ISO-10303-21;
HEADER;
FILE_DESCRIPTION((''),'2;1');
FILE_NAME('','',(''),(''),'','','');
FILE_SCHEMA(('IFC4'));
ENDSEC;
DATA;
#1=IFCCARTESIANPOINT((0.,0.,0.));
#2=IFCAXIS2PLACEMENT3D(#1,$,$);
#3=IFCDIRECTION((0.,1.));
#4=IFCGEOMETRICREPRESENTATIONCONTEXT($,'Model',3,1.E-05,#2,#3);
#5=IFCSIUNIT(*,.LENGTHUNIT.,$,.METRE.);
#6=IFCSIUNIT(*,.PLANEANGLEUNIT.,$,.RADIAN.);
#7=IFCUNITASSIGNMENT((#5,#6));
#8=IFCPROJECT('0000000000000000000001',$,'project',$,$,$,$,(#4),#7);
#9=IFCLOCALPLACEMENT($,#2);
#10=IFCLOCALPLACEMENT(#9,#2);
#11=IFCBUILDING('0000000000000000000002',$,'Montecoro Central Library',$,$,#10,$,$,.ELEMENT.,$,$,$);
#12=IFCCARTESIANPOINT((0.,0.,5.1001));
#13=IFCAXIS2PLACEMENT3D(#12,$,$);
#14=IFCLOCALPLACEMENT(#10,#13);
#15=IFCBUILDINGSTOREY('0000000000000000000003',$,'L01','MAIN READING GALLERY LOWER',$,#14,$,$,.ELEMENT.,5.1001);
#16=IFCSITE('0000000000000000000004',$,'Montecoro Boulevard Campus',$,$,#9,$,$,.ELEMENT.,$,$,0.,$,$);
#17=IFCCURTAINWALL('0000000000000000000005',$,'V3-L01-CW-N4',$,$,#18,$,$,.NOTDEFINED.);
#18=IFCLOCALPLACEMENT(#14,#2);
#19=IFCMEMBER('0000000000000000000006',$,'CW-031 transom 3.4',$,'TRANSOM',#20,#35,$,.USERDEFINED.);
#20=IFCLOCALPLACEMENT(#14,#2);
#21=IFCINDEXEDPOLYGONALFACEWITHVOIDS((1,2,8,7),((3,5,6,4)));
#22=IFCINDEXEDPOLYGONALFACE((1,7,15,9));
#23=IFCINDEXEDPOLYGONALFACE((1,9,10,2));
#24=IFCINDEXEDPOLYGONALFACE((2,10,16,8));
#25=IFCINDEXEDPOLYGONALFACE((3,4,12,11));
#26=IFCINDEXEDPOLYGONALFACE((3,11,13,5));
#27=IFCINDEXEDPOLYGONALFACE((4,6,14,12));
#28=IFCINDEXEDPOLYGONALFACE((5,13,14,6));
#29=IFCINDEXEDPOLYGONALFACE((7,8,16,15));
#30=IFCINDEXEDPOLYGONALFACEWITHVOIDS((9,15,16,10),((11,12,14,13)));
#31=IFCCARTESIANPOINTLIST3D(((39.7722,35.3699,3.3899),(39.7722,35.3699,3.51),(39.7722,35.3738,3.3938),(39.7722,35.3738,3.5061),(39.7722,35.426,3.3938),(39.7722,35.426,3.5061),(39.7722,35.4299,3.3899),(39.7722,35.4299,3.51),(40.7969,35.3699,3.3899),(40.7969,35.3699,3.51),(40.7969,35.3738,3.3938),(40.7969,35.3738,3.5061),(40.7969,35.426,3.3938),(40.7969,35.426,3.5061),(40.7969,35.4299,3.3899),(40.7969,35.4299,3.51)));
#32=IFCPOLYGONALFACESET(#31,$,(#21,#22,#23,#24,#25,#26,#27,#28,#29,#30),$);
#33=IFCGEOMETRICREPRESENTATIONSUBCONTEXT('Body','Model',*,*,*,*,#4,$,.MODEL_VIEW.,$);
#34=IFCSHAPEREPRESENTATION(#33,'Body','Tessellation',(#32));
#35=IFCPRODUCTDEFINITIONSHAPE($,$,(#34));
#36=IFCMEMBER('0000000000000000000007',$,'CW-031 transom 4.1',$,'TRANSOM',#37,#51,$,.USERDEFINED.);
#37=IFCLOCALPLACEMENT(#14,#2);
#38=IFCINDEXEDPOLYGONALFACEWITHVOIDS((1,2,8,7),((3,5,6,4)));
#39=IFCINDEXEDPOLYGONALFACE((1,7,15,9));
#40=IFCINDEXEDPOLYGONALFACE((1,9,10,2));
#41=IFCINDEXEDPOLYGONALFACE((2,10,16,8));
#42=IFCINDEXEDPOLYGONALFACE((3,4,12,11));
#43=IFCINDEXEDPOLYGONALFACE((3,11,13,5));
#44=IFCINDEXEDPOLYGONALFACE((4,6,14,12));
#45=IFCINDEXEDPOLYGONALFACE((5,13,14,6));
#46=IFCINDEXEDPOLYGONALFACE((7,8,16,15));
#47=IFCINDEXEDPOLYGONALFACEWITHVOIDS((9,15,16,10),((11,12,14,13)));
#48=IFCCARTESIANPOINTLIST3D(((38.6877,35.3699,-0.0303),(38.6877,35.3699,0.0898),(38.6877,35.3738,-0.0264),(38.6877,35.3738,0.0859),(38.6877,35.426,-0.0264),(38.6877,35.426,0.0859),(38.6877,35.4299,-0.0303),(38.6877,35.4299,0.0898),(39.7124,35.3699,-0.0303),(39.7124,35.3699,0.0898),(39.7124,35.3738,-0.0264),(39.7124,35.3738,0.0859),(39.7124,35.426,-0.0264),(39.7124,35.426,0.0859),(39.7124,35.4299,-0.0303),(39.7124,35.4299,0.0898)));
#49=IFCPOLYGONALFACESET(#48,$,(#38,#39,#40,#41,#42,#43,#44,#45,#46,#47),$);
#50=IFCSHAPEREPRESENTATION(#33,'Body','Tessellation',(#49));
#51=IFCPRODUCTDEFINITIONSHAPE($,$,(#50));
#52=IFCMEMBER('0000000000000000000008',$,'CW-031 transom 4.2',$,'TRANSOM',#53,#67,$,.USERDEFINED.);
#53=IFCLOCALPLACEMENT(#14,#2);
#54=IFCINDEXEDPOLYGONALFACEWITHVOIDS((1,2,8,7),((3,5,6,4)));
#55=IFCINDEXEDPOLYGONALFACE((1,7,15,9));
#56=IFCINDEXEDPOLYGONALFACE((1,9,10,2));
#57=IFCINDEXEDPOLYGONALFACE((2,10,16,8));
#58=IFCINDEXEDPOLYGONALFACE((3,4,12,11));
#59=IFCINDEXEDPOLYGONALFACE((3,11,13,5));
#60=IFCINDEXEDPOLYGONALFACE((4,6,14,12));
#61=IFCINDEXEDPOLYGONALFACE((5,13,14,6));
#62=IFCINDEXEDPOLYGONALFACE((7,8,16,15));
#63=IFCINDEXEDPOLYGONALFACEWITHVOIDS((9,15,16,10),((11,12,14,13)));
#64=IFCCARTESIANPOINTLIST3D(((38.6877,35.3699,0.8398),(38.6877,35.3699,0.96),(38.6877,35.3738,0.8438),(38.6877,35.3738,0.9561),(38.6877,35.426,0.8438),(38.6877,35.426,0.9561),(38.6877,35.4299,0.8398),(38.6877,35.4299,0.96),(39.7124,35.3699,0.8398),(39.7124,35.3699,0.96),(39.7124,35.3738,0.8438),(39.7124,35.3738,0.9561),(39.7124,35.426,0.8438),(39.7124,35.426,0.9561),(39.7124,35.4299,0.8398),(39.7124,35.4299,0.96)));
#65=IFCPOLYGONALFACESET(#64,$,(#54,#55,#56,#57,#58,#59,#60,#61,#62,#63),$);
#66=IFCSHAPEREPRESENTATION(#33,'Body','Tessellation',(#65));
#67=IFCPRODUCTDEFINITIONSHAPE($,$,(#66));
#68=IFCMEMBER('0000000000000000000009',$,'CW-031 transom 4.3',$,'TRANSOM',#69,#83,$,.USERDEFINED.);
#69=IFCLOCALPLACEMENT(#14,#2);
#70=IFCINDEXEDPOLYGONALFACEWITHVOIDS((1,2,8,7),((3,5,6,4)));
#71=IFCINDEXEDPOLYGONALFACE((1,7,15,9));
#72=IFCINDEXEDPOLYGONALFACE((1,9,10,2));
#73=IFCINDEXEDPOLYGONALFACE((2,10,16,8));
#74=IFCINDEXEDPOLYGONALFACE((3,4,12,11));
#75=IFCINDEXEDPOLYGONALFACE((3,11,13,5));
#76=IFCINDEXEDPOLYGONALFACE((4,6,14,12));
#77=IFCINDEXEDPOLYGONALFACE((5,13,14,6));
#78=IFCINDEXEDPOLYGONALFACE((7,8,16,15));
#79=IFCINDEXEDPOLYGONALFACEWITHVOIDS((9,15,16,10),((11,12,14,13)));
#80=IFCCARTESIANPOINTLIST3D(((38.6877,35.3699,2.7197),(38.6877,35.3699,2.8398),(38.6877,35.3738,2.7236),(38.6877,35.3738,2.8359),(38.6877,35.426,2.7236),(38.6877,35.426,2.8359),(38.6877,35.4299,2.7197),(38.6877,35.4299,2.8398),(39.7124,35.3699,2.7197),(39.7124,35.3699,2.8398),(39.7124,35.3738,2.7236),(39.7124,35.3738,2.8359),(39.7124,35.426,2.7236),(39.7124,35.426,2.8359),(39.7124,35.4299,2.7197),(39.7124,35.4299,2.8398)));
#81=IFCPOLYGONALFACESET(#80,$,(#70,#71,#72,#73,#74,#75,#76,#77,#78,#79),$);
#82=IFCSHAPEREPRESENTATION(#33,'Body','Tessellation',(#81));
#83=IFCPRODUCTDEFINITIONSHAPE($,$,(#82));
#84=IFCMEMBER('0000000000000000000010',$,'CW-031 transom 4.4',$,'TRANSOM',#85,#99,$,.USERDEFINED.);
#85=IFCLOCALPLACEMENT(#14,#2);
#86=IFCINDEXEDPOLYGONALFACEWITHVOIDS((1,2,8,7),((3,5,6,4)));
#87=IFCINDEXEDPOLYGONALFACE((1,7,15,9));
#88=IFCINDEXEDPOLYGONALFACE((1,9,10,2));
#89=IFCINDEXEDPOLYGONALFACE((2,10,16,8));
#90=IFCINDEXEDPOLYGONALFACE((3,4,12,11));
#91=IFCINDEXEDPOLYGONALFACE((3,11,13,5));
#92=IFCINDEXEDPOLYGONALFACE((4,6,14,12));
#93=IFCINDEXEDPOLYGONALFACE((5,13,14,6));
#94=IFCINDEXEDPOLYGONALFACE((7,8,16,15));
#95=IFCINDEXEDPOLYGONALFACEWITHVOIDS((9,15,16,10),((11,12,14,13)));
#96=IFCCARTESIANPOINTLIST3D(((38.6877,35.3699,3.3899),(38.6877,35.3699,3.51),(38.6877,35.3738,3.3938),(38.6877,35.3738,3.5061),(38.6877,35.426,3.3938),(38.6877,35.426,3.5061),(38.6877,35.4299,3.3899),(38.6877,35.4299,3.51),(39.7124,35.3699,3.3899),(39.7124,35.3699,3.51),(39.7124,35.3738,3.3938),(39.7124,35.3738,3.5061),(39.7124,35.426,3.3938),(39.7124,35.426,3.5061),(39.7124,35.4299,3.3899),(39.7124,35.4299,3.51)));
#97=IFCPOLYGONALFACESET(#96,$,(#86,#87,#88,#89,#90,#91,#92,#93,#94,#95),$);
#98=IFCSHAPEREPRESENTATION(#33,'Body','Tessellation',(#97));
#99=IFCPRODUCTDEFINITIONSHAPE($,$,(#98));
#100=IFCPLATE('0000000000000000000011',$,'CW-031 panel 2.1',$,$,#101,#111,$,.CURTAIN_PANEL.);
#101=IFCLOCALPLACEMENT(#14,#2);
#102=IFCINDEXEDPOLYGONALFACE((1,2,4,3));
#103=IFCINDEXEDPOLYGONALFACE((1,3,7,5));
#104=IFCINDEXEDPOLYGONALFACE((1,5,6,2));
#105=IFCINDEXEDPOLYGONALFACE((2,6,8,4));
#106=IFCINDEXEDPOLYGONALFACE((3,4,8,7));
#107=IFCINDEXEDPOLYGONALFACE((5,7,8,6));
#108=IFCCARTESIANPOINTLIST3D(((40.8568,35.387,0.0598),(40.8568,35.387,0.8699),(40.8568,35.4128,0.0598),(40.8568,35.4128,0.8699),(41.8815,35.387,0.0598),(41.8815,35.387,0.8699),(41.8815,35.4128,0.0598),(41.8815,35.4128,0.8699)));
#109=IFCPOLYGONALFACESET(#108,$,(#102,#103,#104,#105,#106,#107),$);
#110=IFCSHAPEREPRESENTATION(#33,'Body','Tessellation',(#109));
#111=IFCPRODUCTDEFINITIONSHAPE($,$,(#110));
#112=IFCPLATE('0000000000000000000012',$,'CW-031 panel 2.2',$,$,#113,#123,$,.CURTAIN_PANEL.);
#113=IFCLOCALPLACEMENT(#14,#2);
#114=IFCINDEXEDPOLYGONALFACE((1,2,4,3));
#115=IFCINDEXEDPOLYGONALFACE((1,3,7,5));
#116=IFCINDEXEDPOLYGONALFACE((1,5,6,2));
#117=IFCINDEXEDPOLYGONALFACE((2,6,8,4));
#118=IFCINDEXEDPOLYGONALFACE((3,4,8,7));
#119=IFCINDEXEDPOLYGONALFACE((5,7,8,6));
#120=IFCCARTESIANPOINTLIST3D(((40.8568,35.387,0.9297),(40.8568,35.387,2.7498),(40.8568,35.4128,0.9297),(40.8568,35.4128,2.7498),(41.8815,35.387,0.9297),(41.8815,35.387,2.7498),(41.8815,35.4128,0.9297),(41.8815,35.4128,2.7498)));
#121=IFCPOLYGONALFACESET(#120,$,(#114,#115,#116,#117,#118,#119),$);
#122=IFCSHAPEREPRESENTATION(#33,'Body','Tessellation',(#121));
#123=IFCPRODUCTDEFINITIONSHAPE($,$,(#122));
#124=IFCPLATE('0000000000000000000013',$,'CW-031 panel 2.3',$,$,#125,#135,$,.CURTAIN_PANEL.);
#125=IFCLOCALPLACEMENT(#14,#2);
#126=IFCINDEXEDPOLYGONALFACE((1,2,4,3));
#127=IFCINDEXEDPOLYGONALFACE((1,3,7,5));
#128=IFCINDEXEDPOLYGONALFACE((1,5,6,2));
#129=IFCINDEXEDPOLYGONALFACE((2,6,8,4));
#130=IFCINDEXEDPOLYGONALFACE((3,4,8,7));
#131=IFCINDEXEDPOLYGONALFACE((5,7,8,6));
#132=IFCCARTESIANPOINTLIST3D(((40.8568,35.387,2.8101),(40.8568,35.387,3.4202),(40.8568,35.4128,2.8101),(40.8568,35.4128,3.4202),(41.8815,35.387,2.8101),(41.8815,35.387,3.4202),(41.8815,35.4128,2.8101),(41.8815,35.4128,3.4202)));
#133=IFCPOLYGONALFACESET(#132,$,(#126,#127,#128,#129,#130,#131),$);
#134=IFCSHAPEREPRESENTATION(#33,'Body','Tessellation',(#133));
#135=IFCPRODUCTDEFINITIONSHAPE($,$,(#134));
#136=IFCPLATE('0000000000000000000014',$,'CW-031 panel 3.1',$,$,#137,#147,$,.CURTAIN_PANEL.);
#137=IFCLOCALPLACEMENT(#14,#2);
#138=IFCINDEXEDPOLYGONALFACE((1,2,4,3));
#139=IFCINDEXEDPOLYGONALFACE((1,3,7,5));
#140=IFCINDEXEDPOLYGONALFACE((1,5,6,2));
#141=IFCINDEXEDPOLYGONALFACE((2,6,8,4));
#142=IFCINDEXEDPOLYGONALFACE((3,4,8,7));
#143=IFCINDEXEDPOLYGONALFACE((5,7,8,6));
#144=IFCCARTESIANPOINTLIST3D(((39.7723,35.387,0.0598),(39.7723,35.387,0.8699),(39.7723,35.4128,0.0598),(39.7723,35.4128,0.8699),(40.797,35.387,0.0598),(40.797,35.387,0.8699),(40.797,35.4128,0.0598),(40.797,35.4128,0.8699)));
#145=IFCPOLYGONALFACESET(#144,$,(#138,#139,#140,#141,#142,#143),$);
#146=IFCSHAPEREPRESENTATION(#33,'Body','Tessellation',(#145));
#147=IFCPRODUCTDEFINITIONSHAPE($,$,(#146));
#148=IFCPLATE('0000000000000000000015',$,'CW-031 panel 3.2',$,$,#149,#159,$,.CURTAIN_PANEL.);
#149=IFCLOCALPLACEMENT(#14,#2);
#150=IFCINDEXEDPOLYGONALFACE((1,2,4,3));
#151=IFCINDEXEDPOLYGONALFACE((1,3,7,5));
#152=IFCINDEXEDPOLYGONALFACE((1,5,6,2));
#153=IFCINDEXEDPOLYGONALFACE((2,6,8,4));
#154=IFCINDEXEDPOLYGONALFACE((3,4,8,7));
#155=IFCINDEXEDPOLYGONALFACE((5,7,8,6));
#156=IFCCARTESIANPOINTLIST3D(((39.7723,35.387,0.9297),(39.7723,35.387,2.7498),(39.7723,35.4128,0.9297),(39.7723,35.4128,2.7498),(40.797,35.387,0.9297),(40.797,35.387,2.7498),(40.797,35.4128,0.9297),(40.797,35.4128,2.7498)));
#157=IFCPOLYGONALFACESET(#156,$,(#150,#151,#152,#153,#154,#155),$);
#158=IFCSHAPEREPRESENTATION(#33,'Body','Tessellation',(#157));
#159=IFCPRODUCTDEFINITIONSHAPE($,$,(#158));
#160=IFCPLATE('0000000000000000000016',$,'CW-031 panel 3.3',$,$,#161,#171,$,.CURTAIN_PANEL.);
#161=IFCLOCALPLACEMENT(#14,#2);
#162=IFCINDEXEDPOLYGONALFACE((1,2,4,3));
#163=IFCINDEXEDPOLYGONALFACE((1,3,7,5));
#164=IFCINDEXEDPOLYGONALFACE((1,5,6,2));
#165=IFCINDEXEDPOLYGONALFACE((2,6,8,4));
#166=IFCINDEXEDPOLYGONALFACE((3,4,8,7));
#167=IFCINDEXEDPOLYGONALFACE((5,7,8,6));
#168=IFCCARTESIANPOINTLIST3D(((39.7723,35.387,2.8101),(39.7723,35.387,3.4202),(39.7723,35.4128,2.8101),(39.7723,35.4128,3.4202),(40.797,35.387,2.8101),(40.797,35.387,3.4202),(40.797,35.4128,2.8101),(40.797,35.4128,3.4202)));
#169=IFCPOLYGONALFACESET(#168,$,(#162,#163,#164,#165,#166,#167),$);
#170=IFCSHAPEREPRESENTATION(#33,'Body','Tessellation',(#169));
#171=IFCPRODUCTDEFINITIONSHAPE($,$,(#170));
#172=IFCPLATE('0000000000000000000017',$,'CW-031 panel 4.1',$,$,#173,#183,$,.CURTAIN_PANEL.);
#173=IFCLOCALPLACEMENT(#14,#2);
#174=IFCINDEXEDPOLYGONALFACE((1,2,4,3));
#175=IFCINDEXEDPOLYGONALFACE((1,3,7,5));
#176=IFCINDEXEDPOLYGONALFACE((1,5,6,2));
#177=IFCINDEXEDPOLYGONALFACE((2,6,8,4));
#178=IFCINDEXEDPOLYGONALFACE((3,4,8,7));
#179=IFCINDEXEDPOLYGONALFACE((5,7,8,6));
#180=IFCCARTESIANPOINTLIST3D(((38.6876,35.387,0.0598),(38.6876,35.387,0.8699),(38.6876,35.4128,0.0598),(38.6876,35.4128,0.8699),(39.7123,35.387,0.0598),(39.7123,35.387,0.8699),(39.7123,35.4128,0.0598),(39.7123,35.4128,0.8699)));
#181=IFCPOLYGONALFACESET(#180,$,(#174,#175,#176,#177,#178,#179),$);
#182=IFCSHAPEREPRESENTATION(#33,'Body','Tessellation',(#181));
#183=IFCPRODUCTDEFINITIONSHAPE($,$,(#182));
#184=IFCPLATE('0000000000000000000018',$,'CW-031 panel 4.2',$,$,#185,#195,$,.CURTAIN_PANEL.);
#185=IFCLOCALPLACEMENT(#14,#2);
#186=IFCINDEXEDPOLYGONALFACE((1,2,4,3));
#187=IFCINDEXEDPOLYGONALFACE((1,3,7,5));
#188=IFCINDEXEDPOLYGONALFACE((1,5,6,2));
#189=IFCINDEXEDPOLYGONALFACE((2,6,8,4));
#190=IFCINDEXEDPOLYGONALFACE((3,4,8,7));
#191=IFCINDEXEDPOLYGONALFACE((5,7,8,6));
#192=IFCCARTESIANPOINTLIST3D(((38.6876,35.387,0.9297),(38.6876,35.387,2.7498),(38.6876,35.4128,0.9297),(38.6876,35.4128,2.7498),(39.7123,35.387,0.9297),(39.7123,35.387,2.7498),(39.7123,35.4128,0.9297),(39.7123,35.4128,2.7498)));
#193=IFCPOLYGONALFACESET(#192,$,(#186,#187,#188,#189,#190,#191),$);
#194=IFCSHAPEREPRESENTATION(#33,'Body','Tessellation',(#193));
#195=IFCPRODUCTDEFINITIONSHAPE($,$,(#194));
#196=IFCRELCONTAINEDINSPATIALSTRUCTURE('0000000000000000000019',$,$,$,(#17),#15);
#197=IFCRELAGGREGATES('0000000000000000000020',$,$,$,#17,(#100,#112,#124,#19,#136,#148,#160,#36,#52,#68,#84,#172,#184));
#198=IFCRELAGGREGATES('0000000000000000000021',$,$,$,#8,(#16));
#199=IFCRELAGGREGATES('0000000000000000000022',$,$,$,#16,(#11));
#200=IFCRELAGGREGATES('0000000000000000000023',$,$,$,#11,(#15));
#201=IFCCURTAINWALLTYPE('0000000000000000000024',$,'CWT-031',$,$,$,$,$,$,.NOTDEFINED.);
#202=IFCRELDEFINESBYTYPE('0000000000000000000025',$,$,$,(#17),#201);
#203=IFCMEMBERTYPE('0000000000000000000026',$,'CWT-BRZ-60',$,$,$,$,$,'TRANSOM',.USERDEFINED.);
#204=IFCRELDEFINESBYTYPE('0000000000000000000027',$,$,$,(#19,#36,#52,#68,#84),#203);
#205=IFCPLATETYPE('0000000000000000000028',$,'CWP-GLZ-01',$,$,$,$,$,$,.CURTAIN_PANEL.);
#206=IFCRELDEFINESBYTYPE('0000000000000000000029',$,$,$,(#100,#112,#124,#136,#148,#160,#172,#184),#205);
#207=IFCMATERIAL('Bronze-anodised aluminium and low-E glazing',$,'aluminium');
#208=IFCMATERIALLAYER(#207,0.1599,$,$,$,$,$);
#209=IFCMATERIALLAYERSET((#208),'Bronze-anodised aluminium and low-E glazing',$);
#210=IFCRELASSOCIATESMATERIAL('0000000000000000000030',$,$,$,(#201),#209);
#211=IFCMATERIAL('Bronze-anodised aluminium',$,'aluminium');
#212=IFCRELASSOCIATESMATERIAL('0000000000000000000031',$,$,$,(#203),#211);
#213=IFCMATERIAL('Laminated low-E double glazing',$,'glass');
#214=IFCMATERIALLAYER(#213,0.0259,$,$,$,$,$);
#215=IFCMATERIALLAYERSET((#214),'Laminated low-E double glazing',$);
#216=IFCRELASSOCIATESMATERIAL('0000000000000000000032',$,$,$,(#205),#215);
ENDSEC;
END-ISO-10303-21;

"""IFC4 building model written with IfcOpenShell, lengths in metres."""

from ifc_helpers import new_model, si_unit, direction, frame, origin, origin_2d, place, context, subcontext, project, spatial, rectangle, hollow_rectangle, extrude, material, layer, layer_set, material_profile, profile_set, type_object, element, aggregate, save


model = new_model("IFC4")

# Units and contexts
model_context = context("Model", 3, precision=1e-05, world=origin(), true_north=direction((0.0, 1.0)))
body_context = subcontext(model_context, "Body", "Model", "MODEL_VIEW")
ifc_project = project(units=[si_unit("LENGTHUNIT", "METRE"), si_unit("PLANEANGLEUNIT", "RADIAN")], contexts=[model_context])

# Site, building, storey
site_placement = place(None, origin())
site = spatial("IfcSite", under=ifc_project, at=site_placement, Name="Montecoro Boulevard Campus", CompositionType="ELEMENT", RefElevation=0.0)
building_placement = place(site_placement, origin())
building = spatial("IfcBuilding", under=site, at=building_placement, Name="Montecoro Central Library", CompositionType="ELEMENT")
storey_placement = place(building_placement, frame((0.0, 0.0, 5.1001)))
storey = spatial("IfcBuildingStorey", under=building, at=storey_placement, Name="L01", Description="MAIN READING GALLERY LOWER", CompositionType="ELEMENT", Elevation=5.1001)

# Curtain wall, members, plates
ifc_material_1 = material(Name="Bronze-anodised aluminium and low-E glazing", Category="aluminium")
ifc_layer_1 = layer(ifc_material_1, 0.1599)
ifc_layer_set_1 = layer_set([ifc_layer_1], Name="Bronze-anodised aluminium and low-E glazing")
curtain_wall_type = type_object("IfcCurtainWallType", Name="CWT-031", PredefinedType="NOTDEFINED", material=ifc_layer_set_1)
curtain_wall_placement = place(storey_placement, origin())
curtain_wall = element("IfcCurtainWall", 1, at=curtain_wall_placement, inside=storey, type_object=curtain_wall_type, Name="V3-L01-CW-N4", PredefinedType="NOTDEFINED")
ifc_material_2 = material(Name="Bronze-anodised aluminium", Category="aluminium")
ifc_material_profile_1 = material_profile(ifc_material_2, hollow_rectangle(XDim=0.0601, YDim=0.1201, WallThickness=0.0039, at=origin_2d()), Name="CWT 120x60x4.0")
ifc_profile_set_1 = profile_set([ifc_material_profile_1], Name="Bronze-anodised aluminium")
member_type_1 = type_object("IfcMemberType", Name="CWT-BRZ-60", ElementType="TRANSOM", PredefinedType="USERDEFINED", material=ifc_profile_set_1)
member_1_placement = place(storey_placement, frame((40.7969, 35.3999, 3.45), z_axis=(-1.0, 0.0, 0.0), x_axis=(0.0, -1.0, 0.0)))
member_1 = element("IfcMember", 2, at=member_1_placement, type_object=member_type_1, Name="CW-031 transom 3.4", ObjectType="TRANSOM", PredefinedType="USERDEFINED", context=body_context, shape_type="SweptSolid", body=[
    extrude(hollow_rectangle(XDim=0.0601, YDim=0.1201, WallThickness=0.0039, at=origin_2d()), origin(), (0.0, 0.0, 1.0), 1.0247),
])
member_2_placement = place(storey_placement, frame((39.7124, 35.3999, 0.0298), z_axis=(-1.0, 0.0, 0.0), x_axis=(0.0, -1.0, 0.0)))
member_2 = element("IfcMember", 3, at=member_2_placement, type_object=member_type_1, Name="CW-031 transom 4.1", ObjectType="TRANSOM", PredefinedType="USERDEFINED", context=body_context, shape_type="SweptSolid", body=[
    extrude(hollow_rectangle(XDim=0.0601, YDim=0.1201, WallThickness=0.0039, at=origin_2d()), origin(), (0.0, 0.0, 1.0), 1.0247),
])
member_3_placement = place(storey_placement, frame((39.7124, 35.3999, 0.8999), z_axis=(-1.0, 0.0, 0.0), x_axis=(0.0, -1.0, 0.0)))
member_3 = element("IfcMember", 4, at=member_3_placement, type_object=member_type_1, Name="CW-031 transom 4.2", ObjectType="TRANSOM", PredefinedType="USERDEFINED", context=body_context, shape_type="SweptSolid", body=[
    extrude(hollow_rectangle(XDim=0.0601, YDim=0.1201, WallThickness=0.0039, at=origin_2d()), origin(), (0.0, 0.0, 1.0), 1.0247),
])
member_4_placement = place(storey_placement, frame((39.7124, 35.3999, 2.7798), z_axis=(-1.0, 0.0, 0.0), x_axis=(0.0, -1.0, 0.0)))
member_4 = element("IfcMember", 5, at=member_4_placement, type_object=member_type_1, Name="CW-031 transom 4.3", ObjectType="TRANSOM", PredefinedType="USERDEFINED", context=body_context, shape_type="SweptSolid", body=[
    extrude(hollow_rectangle(XDim=0.0601, YDim=0.1201, WallThickness=0.0039, at=origin_2d()), origin(), (0.0, 0.0, 1.0), 1.0247),
])
member_5_placement = place(storey_placement, frame((39.7124, 35.3999, 3.45), z_axis=(-1.0, 0.0, 0.0), x_axis=(0.0, -1.0, 0.0)))
member_5 = element("IfcMember", 6, at=member_5_placement, type_object=member_type_1, Name="CW-031 transom 4.4", ObjectType="TRANSOM", PredefinedType="USERDEFINED", context=body_context, shape_type="SweptSolid", body=[
    extrude(hollow_rectangle(XDim=0.0601, YDim=0.1201, WallThickness=0.0039, at=origin_2d()), origin(), (0.0, 0.0, 1.0), 1.0247),
])
ifc_material_3 = material(Name="Laminated low-E double glazing", Category="glass")
ifc_layer_2 = layer(ifc_material_3, 0.0259)
ifc_layer_set_2 = layer_set([ifc_layer_2], Name="Laminated low-E double glazing")
plate_type = type_object("IfcPlateType", Name="CWP-GLZ-01", PredefinedType="CURTAIN_PANEL", material=ifc_layer_set_2)
plate_1_placement = place(storey_placement, frame((41.3691, 35.3999, 0.0598), z_axis=(0.0, 0.0, 1.0), x_axis=(-1.0, 0.0, 0.0)))
plate_1 = element("IfcPlate", 7, at=plate_1_placement, type_object=plate_type, Name="CW-031 panel 2.1", PredefinedType="CURTAIN_PANEL", context=body_context, shape_type="SweptSolid", body=[
    extrude(rectangle(XDim=1.0247, YDim=0.0259, at=origin_2d()), origin(), (0.0, 0.0, 1.0), 0.8101),
])
plate_2_placement = place(storey_placement, frame((41.3691, 35.3999, 0.9297), z_axis=(0.0, 0.0, 1.0), x_axis=(-1.0, 0.0, 0.0)))
plate_2 = element("IfcPlate", 8, at=plate_2_placement, type_object=plate_type, Name="CW-031 panel 2.2", PredefinedType="CURTAIN_PANEL", context=body_context, shape_type="SweptSolid", body=[
    extrude(rectangle(XDim=1.0247, YDim=0.0259, at=origin_2d()), origin(), (0.0, 0.0, 1.0), 1.8201),
])
plate_3_placement = place(storey_placement, frame((41.3691, 35.3999, 2.8101), z_axis=(0.0, 0.0, 1.0), x_axis=(-1.0, 0.0, 0.0)))
plate_3 = element("IfcPlate", 9, at=plate_3_placement, type_object=plate_type, Name="CW-031 panel 2.3", PredefinedType="CURTAIN_PANEL", context=body_context, shape_type="SweptSolid", body=[
    extrude(rectangle(XDim=1.0247, YDim=0.0259, at=origin_2d()), origin(), (0.0, 0.0, 1.0), 0.6101),
])
plate_4_placement = place(storey_placement, frame((40.2847, 35.3999, 0.0598), z_axis=(0.0, 0.0, 1.0), x_axis=(-1.0, 0.0, 0.0)))
plate_4 = element("IfcPlate", 10, at=plate_4_placement, type_object=plate_type, Name="CW-031 panel 3.1", PredefinedType="CURTAIN_PANEL", context=body_context, shape_type="SweptSolid", body=[
    extrude(rectangle(XDim=1.0247, YDim=0.0259, at=origin_2d()), origin(), (0.0, 0.0, 1.0), 0.8101),
])
plate_5_placement = place(storey_placement, frame((40.2847, 35.3999, 0.9297), z_axis=(0.0, 0.0, 1.0), x_axis=(-1.0, 0.0, 0.0)))
plate_5 = element("IfcPlate", 11, at=plate_5_placement, type_object=plate_type, Name="CW-031 panel 3.2", PredefinedType="CURTAIN_PANEL", context=body_context, shape_type="SweptSolid", body=[
    extrude(rectangle(XDim=1.0247, YDim=0.0259, at=origin_2d()), origin(), (0.0, 0.0, 1.0), 1.8201),
])
plate_6_placement = place(storey_placement, frame((40.2847, 35.3999, 2.8101), z_axis=(0.0, 0.0, 1.0), x_axis=(-1.0, 0.0, 0.0)))
plate_6 = element("IfcPlate", 12, at=plate_6_placement, type_object=plate_type, Name="CW-031 panel 3.3", PredefinedType="CURTAIN_PANEL", context=body_context, shape_type="SweptSolid", body=[
    extrude(rectangle(XDim=1.0247, YDim=0.0259, at=origin_2d()), origin(), (0.0, 0.0, 1.0), 0.6101),
])
plate_7_placement = place(storey_placement, frame((39.2, 35.3999, 0.0598), z_axis=(0.0, 0.0, 1.0), x_axis=(-1.0, 0.0, 0.0)))
plate_7 = element("IfcPlate", 13, at=plate_7_placement, type_object=plate_type, Name="CW-031 panel 4.1", PredefinedType="CURTAIN_PANEL", context=body_context, shape_type="SweptSolid", body=[
    extrude(rectangle(XDim=1.0247, YDim=0.0259, at=origin_2d()), origin(), (0.0, 0.0, 1.0), 0.8101),
])
plate_8_placement = place(storey_placement, frame((39.2, 35.3999, 0.9297), z_axis=(0.0, 0.0, 1.0), x_axis=(-1.0, 0.0, 0.0)))
plate_8 = element("IfcPlate", 14, at=plate_8_placement, type_object=plate_type, Name="CW-031 panel 4.2", PredefinedType="CURTAIN_PANEL", context=body_context, shape_type="SweptSolid", body=[
    extrude(rectangle(XDim=1.0247, YDim=0.0259, at=origin_2d()), origin(), (0.0, 0.0, 1.0), 1.8201),
])
aggregate(curtain_wall, [plate_1, plate_2, plate_3, member_1, plate_4, plate_5, plate_6, member_2, member_3, member_4, member_5, plate_7, plate_8])

save(model, "model.ifc")
